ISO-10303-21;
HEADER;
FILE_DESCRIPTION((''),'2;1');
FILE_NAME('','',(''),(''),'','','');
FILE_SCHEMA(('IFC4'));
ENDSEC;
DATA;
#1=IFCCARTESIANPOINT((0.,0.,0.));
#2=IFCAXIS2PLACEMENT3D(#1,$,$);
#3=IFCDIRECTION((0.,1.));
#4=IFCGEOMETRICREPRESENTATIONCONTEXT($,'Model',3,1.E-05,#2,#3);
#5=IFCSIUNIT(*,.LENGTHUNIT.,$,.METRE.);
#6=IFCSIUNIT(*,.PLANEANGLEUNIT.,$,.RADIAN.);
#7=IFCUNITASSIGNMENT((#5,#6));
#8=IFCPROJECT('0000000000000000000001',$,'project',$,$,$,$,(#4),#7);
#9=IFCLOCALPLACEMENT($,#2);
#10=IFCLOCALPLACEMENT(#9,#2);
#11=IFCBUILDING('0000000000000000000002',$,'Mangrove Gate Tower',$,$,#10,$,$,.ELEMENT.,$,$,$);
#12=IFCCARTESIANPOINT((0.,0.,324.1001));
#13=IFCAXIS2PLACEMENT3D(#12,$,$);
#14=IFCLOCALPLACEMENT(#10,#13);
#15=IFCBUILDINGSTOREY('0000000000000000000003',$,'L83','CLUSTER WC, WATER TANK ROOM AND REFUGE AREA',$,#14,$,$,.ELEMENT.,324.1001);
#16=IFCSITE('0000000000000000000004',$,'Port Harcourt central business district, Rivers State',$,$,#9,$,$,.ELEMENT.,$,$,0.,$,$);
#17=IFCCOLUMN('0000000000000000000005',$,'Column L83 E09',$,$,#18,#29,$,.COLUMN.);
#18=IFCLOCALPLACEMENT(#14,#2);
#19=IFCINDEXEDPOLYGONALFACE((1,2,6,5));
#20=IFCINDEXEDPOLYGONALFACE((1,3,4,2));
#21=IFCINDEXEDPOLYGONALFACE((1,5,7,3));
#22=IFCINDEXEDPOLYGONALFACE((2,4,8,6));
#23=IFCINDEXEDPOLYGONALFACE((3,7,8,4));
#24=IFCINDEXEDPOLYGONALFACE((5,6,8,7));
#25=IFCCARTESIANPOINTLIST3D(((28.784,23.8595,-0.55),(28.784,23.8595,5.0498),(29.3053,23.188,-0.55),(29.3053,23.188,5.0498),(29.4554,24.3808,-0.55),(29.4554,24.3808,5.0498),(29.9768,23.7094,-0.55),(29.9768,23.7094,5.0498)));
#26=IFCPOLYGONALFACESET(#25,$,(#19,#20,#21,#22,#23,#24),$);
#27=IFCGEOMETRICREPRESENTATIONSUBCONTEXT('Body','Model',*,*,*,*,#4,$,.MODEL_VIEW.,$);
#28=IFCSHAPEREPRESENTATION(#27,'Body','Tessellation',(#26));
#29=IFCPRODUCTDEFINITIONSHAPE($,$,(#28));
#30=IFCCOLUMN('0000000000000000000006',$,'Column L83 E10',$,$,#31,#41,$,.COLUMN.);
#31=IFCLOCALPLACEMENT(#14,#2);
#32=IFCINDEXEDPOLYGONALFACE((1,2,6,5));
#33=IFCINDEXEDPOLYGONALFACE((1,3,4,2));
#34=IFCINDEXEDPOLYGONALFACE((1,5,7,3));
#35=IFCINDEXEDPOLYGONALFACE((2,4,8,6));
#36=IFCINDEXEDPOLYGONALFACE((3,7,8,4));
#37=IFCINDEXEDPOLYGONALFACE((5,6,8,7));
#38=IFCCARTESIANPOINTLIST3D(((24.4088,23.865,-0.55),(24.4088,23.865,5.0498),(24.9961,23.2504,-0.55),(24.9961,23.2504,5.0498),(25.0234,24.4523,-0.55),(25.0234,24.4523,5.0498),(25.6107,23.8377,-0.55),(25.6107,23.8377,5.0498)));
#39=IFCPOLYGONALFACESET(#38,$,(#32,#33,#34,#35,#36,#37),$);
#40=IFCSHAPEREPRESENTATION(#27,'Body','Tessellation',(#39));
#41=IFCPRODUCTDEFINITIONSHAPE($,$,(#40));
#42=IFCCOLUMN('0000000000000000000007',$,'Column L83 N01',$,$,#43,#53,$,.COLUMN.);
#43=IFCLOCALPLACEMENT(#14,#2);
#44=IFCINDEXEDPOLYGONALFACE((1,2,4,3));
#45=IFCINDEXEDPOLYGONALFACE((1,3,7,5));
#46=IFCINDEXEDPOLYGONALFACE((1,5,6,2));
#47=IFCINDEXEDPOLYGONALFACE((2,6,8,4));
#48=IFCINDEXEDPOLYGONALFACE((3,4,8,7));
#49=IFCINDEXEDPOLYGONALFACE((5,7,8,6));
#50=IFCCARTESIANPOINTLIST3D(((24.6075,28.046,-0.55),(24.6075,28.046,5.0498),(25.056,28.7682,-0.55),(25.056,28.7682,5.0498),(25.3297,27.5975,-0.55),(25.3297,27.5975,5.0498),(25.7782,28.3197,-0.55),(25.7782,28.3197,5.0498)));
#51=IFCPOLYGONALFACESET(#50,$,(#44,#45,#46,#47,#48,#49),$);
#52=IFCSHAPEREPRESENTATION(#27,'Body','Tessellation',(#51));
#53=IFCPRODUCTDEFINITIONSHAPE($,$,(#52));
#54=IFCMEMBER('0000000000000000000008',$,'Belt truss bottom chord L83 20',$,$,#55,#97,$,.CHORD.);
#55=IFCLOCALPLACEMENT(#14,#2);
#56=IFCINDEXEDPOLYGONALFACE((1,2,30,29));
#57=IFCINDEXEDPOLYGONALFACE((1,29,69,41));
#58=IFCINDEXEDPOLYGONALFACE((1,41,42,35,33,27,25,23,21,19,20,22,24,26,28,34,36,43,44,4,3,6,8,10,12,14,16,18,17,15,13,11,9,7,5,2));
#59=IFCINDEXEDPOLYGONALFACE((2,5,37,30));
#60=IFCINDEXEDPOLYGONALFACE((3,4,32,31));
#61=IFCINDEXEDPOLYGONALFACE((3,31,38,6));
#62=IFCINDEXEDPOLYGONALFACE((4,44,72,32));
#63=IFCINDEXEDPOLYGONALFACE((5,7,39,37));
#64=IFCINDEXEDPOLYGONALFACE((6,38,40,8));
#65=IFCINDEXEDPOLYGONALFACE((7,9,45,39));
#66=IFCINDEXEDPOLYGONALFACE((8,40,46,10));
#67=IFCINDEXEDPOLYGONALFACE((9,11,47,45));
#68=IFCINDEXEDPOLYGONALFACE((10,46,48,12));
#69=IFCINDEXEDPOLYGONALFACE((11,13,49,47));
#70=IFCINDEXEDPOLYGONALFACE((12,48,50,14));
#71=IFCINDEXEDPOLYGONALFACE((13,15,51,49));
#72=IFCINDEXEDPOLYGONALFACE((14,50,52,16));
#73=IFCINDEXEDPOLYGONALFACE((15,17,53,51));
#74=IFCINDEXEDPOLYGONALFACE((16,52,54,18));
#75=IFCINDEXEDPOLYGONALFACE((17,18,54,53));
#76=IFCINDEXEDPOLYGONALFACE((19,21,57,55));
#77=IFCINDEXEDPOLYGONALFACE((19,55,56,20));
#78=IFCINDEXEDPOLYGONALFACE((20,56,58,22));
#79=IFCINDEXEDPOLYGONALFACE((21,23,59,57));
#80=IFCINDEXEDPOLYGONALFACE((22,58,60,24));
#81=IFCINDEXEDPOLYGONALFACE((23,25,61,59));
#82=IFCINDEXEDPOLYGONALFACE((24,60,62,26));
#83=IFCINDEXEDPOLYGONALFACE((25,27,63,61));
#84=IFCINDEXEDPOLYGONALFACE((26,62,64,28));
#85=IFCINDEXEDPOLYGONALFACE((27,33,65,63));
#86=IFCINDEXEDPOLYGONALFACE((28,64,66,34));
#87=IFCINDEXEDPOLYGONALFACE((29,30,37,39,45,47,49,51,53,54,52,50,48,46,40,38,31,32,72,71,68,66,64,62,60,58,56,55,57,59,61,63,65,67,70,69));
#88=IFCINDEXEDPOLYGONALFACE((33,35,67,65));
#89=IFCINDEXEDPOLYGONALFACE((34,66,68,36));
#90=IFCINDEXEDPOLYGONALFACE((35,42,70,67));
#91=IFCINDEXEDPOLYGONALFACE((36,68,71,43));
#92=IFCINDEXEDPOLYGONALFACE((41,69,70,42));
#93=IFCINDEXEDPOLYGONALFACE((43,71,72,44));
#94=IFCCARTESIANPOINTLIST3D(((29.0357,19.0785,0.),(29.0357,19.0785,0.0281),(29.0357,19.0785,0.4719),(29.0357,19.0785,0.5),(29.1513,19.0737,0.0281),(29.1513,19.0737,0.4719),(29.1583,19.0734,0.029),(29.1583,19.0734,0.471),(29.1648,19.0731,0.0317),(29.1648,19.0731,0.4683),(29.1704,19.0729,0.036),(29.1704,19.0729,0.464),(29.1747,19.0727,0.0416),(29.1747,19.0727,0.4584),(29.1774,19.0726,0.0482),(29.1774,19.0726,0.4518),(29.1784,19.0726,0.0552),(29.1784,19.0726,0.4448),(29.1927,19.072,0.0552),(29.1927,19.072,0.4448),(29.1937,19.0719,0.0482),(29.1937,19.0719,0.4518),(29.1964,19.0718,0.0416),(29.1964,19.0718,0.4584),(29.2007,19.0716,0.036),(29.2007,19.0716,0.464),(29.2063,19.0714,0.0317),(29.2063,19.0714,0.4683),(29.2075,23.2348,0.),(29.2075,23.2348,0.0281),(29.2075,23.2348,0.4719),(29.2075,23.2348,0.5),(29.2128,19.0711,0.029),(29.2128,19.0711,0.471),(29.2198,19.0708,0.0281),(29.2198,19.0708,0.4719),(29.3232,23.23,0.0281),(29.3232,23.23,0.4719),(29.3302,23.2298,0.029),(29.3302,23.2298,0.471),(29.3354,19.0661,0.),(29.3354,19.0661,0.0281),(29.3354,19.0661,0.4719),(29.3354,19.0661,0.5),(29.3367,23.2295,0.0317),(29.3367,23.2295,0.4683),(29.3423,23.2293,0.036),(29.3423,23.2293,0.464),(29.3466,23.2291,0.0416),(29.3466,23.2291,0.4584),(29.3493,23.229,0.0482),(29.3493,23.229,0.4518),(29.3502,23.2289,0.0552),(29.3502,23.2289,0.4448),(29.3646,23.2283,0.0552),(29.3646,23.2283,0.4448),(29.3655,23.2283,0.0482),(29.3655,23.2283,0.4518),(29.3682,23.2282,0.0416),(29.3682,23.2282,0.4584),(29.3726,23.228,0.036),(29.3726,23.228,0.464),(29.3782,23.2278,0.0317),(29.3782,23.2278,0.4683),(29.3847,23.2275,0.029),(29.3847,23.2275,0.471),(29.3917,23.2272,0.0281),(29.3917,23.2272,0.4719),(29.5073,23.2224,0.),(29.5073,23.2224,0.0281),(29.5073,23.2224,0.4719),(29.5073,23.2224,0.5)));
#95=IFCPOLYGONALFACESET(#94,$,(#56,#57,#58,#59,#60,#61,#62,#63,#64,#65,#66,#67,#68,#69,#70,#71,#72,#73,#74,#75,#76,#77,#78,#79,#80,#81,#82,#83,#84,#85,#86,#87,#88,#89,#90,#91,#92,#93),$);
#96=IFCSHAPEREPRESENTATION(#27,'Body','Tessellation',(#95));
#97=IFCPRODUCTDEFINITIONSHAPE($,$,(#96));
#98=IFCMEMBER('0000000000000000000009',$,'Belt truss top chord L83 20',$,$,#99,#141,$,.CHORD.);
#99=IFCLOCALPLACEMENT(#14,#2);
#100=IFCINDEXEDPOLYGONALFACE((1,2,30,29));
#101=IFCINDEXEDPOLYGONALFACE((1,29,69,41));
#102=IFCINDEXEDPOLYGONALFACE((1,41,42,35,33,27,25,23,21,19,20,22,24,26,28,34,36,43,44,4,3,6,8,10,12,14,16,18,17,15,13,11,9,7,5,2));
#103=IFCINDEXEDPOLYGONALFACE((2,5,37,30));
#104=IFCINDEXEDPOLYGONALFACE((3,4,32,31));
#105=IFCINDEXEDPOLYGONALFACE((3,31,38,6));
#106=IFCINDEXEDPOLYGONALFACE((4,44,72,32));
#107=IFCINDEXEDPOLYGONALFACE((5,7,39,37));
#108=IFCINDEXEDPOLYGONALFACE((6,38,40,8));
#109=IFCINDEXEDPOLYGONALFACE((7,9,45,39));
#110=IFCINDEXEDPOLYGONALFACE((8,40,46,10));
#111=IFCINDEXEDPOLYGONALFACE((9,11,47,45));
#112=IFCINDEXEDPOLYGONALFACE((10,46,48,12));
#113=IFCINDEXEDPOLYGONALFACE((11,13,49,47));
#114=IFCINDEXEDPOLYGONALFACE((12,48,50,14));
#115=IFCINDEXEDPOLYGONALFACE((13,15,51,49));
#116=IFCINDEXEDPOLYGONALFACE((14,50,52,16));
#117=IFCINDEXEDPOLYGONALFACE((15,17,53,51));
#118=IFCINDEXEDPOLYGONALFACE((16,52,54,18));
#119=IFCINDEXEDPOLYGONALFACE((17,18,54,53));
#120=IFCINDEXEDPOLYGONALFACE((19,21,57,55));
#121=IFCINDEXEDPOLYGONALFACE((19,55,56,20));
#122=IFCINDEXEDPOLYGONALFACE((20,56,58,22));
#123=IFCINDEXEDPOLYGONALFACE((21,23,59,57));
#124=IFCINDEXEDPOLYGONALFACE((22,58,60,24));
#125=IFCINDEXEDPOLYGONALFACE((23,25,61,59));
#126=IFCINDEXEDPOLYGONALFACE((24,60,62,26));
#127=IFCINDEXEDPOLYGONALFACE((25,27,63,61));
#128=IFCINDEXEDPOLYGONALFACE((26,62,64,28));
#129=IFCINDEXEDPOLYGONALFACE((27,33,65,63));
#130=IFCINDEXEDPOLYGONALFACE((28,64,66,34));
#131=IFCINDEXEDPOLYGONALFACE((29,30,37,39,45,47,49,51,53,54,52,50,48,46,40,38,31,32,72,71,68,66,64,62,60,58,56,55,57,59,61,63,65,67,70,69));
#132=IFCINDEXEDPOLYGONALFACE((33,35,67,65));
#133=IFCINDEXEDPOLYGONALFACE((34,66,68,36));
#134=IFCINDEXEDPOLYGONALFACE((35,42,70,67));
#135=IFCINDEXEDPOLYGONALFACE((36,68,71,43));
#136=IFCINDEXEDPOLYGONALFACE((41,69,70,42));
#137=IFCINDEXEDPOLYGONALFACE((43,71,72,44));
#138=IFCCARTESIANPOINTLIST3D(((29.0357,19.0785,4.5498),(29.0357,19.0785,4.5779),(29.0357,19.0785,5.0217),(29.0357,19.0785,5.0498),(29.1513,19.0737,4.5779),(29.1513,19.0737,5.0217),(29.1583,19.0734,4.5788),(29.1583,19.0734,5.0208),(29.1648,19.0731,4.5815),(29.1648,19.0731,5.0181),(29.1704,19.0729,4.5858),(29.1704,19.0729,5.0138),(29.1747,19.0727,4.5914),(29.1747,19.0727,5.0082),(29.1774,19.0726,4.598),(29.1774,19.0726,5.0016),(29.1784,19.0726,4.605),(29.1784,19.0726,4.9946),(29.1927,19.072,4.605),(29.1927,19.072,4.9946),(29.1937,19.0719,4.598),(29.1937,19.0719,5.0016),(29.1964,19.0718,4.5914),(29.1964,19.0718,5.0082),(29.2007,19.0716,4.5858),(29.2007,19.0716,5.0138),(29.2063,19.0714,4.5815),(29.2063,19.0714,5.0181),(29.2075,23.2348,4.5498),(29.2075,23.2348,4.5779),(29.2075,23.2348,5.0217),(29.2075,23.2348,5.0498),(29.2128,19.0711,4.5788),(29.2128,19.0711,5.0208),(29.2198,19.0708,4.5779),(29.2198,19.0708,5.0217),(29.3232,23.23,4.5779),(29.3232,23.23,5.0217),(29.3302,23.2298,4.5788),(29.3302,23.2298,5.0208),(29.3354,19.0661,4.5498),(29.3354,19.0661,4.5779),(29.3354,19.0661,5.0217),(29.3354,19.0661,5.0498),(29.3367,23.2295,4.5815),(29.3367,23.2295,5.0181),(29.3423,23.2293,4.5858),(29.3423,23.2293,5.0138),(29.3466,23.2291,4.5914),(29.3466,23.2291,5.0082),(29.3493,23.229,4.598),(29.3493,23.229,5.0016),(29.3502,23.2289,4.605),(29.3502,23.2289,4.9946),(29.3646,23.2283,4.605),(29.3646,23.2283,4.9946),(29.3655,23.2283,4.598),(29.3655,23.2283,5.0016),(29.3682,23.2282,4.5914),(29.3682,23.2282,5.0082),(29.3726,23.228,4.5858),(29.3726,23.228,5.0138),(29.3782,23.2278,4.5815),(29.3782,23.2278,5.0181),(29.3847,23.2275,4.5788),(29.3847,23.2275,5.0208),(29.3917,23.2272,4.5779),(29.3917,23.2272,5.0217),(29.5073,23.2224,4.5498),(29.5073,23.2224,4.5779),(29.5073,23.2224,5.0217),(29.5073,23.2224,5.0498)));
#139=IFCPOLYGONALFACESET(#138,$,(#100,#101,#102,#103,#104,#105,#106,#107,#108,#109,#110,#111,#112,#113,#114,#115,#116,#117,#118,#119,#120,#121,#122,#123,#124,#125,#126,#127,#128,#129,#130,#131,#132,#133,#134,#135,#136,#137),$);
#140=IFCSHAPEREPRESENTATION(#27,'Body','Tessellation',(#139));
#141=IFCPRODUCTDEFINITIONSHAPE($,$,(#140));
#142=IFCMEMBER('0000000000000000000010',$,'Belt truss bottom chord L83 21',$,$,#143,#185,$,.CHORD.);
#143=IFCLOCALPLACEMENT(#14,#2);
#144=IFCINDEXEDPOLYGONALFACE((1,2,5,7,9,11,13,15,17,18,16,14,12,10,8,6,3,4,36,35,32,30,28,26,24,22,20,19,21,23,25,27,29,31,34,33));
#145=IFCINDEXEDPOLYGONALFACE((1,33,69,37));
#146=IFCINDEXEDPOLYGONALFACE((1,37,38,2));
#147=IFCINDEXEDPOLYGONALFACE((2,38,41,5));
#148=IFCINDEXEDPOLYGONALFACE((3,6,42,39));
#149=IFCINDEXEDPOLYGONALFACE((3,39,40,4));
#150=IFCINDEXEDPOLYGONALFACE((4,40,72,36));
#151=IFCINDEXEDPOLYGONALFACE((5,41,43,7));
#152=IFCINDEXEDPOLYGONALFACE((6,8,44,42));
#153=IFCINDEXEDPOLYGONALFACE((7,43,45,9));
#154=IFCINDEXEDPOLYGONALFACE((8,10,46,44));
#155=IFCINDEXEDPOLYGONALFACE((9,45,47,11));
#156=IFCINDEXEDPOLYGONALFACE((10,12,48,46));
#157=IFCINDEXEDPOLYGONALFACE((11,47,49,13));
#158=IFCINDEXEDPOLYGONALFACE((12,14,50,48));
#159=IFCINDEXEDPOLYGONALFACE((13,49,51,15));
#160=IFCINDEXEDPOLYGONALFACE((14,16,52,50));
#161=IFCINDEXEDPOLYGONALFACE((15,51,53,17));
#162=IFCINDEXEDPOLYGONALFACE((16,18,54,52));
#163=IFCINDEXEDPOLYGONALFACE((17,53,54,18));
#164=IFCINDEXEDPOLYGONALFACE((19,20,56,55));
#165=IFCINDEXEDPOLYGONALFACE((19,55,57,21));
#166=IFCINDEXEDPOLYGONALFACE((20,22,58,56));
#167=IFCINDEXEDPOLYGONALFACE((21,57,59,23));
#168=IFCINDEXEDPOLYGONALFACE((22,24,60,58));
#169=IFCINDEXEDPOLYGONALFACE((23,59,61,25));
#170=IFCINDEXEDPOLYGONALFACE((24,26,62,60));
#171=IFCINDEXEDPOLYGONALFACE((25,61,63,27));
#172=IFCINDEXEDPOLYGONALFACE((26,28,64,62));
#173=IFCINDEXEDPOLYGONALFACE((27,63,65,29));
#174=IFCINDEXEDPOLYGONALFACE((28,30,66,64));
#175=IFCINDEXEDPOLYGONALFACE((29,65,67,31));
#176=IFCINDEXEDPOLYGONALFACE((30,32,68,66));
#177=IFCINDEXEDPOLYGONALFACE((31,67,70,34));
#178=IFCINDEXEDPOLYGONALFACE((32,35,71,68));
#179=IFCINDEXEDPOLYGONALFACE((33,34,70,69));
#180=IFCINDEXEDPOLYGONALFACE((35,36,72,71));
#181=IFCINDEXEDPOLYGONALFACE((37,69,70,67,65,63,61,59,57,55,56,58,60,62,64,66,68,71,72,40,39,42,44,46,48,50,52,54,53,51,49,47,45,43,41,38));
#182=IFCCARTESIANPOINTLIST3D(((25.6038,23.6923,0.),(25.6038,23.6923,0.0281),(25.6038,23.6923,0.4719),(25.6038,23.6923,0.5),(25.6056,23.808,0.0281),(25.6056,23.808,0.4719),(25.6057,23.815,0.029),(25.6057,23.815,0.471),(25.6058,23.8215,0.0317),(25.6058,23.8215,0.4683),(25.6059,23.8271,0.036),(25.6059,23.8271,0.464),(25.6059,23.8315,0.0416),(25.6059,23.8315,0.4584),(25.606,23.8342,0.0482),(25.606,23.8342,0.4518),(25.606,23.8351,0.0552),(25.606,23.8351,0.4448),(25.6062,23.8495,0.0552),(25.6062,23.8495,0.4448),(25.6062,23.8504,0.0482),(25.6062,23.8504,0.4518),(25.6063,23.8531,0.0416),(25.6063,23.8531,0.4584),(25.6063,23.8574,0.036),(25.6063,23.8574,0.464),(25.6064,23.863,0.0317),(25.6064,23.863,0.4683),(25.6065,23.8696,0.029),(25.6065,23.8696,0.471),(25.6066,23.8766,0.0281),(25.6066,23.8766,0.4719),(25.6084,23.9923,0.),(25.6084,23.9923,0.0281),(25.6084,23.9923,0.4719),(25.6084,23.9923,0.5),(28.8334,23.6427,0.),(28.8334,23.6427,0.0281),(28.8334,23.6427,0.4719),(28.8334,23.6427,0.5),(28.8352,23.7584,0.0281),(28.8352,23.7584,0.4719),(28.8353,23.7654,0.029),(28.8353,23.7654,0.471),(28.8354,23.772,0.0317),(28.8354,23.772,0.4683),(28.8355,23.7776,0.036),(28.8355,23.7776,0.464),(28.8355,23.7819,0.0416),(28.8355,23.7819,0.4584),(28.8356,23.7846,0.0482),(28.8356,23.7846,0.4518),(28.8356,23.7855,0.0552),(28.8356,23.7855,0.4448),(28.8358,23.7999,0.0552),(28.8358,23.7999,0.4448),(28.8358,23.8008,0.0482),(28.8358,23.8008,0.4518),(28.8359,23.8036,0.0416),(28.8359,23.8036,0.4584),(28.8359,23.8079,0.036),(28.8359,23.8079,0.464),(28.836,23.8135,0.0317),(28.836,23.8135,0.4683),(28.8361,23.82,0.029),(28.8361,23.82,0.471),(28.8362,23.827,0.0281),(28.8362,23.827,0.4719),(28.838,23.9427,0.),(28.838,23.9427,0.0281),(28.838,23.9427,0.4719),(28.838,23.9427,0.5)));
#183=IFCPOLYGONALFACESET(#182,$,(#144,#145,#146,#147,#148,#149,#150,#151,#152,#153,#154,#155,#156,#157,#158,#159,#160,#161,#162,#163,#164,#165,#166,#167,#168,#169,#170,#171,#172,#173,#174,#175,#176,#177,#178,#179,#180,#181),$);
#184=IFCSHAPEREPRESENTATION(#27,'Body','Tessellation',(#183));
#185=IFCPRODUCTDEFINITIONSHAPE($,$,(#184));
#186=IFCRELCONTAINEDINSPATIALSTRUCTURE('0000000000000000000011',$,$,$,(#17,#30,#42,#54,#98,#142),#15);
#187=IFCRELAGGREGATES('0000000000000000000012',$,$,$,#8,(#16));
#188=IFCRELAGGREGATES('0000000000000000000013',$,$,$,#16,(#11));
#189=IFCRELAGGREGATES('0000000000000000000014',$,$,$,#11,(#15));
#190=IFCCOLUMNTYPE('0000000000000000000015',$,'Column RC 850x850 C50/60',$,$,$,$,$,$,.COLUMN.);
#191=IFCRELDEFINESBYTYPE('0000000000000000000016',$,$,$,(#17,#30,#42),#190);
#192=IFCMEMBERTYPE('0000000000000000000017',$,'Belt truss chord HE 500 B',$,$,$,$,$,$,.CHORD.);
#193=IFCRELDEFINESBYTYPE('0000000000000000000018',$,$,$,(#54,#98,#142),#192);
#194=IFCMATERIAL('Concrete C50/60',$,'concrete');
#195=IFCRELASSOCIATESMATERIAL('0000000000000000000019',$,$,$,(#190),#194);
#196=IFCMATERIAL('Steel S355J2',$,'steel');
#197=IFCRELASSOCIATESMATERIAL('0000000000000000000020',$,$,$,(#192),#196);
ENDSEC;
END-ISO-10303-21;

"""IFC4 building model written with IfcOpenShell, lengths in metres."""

from ifc_helpers import new_model, si_unit, direction, frame, origin, origin_2d, place, context, subcontext, project, spatial, rectangle, i_section, extrude, material, material_profile, profile_set, type_object, element, save


model = new_model("IFC4")

# Units and contexts
model_context = context("Model", 3, precision=1e-05, world=origin(), true_north=direction((0.0, 1.0)))
body_context = subcontext(model_context, "Body", "Model", "MODEL_VIEW")
ifc_project = project(units=[si_unit("LENGTHUNIT", "METRE"), si_unit("PLANEANGLEUNIT", "RADIAN")], contexts=[model_context])

# Site, building, storey
site_placement = place(None, origin())
site = spatial("IfcSite", under=ifc_project, at=site_placement, Name="Port Harcourt central business district, Rivers State", CompositionType="ELEMENT", RefElevation=0.0)
building_placement = place(site_placement, origin())
building = spatial("IfcBuilding", under=site, at=building_placement, Name="Mangrove Gate Tower", CompositionType="ELEMENT")
storey_placement = place(building_placement, frame((0.0, 0.0, 324.1001)))
storey = spatial("IfcBuildingStorey", under=building, at=storey_placement, Name="L83", Description="CLUSTER WC, WATER TANK ROOM AND REFUGE AREA", CompositionType="ELEMENT", Elevation=324.1001)

# Columns
ifc_material_1 = material(Name="Concrete C50/60", Category="concrete")
ifc_material_profile_1 = material_profile(ifc_material_1, rectangle(XDim=0.8501, YDim=0.8501, at=origin_2d()))
ifc_profile_set_1 = profile_set([ifc_material_profile_1], Name="Concrete C50/60")
column_type = type_object("IfcColumnType", Name="Column RC 850x850 C50/60", PredefinedType="COLUMN", material=ifc_profile_set_1)
for number, where, z_axis, x_axis, name in (
    (1, (29.3804, 23.7844, -0.55), (0.0, 0.0, 1.0), (-0.613295, 0.789854, 0.0), "Column L83 E09"),
    (2, (25.0098, 23.8513, -0.55), (0.0, 0.0, 1.0), (-0.690854, 0.722994, 0.0), "Column L83 E10"),
    (3, (25.1929, 28.1829, -0.55), (0.0, 0.0, 1.0), (-0.849494, 0.527599, 0.0), "Column L83 N01"),
):
    element("IfcColumn", number, at=place(storey_placement, frame(where, z_axis=z_axis, x_axis=x_axis)), inside=storey, type_object=column_type, Name=name, PredefinedType="COLUMN", context=body_context, shape_type="SweptSolid", body=[
        extrude(rectangle(XDim=0.8501, YDim=0.8501, at=origin_2d()), origin(), (0.0, 0.0, 1.0), 5.5999),
    ])

# Members
ifc_material_2 = material(Name="Steel S355J2", Category="steel")
ifc_material_profile_2 = material_profile(ifc_material_2, i_section(OverallWidth=0.3, OverallDepth=0.5, WebThickness=0.0144, FlangeThickness=0.0281, FilletRadius=0.0271, at=origin_2d()))
ifc_profile_set_2 = profile_set([ifc_material_profile_2], Name="Steel S355J2")
member_type_1 = type_object("IfcMemberType", Name="Belt truss chord HE 500 B", PredefinedType="CHORD", material=ifc_profile_set_2)
for number, where, z_axis, x_axis, name in (
    (4, (29.1855, 19.0723, 0.25), (0.041318, 0.999146, 0.0), (-0.999146, 0.041318, 0.0), "Belt truss bottom chord L83 20"),
    (5, (29.1855, 19.0723, 4.7998), (0.041318, 0.999146, 0.0), (-0.999146, 0.041318, 0.0), "Belt truss top chord L83 20"),
):
    element("IfcMember", number, at=place(storey_placement, frame(where, z_axis=z_axis, x_axis=x_axis)), inside=storey, type_object=member_type_1, Name=name, PredefinedType="CHORD", context=body_context, shape_type="SweptSolid", body=[
        extrude(i_section(OverallWidth=0.3, OverallDepth=0.5, WebThickness=0.0144, FlangeThickness=0.0281, FilletRadius=0.0271, at=origin_2d()), origin(), (0.0, 0.0, 1.0), 4.1599),
    ])
for number, where, z_axis, x_axis, name in (
    (6, (28.8357, 23.7927, 0.25), (-0.999882, 0.015344, 0.0), (-0.015344, -0.999882, 0.0), "Belt truss bottom chord L83 21"),
):
    element("IfcMember", number, at=place(storey_placement, frame(where, z_axis=z_axis, x_axis=x_axis)), inside=storey, type_object=member_type_1, Name=name, PredefinedType="CHORD", context=body_context, shape_type="SweptSolid", body=[
        extrude(i_section(OverallWidth=0.3, OverallDepth=0.5, WebThickness=0.0144, FlangeThickness=0.0281, FilletRadius=0.0271, at=origin_2d()), origin(), (0.0, 0.0, 1.0), 3.23),
    ])

save(model, "model.ifc")
